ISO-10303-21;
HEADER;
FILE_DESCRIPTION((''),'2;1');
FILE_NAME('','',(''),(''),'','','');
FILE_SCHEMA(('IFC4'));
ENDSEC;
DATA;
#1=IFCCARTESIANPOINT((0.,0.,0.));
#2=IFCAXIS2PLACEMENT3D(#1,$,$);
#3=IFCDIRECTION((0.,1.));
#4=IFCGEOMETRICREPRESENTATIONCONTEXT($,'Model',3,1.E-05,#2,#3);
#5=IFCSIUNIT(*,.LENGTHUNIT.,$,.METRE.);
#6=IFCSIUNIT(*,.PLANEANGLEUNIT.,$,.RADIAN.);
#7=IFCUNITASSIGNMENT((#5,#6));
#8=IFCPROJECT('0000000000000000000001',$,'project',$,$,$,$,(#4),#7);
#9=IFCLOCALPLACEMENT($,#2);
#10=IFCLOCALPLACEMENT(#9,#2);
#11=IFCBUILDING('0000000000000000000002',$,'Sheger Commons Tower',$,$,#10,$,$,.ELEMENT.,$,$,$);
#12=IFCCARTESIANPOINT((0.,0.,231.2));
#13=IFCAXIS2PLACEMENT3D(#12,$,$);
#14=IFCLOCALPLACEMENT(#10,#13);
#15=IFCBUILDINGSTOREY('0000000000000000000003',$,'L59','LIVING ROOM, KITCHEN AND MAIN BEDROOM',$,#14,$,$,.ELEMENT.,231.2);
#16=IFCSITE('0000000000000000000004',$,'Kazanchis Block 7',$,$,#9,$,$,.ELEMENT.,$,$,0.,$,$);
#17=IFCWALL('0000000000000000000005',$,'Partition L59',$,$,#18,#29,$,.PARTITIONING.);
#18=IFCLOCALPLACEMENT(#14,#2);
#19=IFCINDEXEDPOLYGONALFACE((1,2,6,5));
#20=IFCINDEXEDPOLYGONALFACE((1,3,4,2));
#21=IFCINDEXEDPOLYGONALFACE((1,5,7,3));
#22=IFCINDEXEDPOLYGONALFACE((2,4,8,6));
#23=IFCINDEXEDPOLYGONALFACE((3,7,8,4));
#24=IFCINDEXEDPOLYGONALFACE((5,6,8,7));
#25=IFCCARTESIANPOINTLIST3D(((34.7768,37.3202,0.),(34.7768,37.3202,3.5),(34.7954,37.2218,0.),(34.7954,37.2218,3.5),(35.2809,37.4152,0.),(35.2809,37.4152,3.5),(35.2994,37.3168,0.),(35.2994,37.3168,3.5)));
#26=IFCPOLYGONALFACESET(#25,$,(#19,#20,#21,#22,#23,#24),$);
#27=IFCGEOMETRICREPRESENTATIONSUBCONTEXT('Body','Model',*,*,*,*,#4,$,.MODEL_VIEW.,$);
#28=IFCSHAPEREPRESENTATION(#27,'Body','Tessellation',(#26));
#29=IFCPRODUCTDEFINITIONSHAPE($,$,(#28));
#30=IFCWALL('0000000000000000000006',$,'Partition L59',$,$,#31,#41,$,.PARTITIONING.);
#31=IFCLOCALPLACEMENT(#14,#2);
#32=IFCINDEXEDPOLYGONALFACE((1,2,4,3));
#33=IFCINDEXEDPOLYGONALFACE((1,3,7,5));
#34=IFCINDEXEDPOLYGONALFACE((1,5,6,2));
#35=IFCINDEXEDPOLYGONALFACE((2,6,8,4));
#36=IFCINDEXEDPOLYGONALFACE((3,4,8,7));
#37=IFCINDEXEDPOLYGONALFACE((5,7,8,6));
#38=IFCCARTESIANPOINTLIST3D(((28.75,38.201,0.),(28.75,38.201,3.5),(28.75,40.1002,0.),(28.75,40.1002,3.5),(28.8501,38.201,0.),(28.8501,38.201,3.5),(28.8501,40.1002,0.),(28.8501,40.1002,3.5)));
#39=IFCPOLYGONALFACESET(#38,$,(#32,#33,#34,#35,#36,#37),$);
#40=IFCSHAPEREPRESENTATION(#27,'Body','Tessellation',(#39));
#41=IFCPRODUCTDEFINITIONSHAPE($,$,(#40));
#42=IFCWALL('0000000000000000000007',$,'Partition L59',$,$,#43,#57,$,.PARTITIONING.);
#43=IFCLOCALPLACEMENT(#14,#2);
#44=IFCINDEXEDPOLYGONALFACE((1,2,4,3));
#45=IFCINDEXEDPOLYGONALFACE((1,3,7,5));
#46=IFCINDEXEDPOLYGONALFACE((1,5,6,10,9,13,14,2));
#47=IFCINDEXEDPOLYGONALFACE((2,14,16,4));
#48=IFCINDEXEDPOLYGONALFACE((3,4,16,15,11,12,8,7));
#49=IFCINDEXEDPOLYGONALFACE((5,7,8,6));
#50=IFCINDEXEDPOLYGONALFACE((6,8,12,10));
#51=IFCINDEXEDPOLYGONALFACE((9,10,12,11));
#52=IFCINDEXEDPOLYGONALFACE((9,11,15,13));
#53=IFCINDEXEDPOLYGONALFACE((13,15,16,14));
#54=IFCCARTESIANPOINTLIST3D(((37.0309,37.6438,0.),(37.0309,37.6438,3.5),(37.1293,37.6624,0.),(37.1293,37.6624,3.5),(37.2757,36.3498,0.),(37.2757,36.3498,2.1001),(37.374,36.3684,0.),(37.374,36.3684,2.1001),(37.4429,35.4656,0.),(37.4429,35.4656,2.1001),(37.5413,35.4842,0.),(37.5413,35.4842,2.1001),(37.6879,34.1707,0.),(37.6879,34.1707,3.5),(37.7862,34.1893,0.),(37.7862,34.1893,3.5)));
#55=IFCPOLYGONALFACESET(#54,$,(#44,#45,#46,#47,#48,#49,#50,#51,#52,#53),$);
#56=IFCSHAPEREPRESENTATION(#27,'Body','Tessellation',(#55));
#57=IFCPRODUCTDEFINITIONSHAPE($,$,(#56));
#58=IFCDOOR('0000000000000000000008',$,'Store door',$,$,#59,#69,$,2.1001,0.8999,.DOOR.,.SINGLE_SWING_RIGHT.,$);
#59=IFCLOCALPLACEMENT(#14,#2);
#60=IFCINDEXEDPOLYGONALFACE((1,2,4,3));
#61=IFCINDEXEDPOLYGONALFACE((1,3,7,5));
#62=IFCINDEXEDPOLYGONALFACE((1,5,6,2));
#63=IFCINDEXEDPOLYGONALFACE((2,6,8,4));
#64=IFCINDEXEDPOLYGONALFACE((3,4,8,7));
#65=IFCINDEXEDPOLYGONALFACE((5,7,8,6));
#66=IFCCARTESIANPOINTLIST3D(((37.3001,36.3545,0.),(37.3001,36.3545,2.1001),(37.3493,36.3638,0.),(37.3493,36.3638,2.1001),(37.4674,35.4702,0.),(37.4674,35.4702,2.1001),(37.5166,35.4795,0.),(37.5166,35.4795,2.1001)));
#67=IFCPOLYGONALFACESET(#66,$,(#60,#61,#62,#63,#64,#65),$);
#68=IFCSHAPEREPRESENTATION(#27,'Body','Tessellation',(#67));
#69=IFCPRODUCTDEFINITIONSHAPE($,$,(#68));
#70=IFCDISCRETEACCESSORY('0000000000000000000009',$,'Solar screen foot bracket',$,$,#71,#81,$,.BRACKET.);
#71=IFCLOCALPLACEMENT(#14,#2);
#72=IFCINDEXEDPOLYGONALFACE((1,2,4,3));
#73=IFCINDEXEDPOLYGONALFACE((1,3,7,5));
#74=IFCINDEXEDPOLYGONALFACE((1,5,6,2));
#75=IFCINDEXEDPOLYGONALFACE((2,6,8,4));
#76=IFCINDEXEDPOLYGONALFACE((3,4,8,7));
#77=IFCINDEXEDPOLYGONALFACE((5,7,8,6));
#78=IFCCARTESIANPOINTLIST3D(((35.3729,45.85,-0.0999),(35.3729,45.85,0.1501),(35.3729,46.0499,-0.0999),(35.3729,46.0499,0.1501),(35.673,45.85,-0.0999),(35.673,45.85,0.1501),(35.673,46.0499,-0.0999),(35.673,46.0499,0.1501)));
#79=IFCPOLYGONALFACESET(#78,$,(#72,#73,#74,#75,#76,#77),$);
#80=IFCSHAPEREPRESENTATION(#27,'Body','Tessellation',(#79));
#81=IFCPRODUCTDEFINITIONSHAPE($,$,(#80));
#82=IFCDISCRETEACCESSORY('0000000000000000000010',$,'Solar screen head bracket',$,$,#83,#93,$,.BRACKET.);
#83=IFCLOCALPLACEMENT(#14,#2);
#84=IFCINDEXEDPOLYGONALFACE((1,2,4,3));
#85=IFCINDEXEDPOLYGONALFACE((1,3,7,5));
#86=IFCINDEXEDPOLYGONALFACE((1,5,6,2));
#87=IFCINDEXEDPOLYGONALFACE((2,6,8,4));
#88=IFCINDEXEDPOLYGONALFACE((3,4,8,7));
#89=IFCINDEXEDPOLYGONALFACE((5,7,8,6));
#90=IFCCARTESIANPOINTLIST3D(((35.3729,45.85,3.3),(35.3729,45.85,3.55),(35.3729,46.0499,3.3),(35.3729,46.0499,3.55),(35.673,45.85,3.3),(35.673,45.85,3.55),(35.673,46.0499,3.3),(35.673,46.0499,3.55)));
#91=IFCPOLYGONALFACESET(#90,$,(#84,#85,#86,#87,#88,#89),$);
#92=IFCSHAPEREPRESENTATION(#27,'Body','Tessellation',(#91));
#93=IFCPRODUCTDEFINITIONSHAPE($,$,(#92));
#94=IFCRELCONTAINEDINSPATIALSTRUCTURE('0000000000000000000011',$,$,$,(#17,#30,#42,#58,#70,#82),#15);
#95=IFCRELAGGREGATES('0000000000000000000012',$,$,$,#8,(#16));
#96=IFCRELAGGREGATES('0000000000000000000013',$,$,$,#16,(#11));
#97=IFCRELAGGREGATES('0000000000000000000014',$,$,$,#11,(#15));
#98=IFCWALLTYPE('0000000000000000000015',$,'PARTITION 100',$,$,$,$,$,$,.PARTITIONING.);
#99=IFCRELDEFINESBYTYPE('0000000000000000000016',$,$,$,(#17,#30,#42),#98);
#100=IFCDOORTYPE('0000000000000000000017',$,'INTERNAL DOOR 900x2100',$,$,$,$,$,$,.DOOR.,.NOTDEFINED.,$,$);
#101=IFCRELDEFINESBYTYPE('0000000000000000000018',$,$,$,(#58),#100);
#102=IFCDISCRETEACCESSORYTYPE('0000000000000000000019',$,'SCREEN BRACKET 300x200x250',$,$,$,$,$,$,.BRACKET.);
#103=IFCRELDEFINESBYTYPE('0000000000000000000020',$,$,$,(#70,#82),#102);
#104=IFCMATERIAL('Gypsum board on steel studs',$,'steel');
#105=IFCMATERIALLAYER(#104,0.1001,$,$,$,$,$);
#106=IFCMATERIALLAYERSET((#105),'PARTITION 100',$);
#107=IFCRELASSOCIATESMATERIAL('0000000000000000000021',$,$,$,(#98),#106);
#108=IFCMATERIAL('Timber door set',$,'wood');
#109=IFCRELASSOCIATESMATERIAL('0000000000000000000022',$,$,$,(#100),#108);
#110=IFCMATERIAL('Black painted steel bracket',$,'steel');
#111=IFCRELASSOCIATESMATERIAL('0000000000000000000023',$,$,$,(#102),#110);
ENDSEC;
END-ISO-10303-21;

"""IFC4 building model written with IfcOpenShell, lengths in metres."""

from ifc_helpers import new_model, si_unit, direction, frame, frame_2d, origin, origin_2d, place, context, subcontext, project, spatial, rectangle, extrude, material, layer, layer_set, type_object, element, fill, save


model = new_model("IFC4")

# Units and contexts
model_context = context("Model", 3, precision=1e-05, world=origin(), true_north=direction((0.0, 1.0)))
body_context = subcontext(model_context, "Body", "Model", "MODEL_VIEW")
ifc_project = project(units=[si_unit("LENGTHUNIT", "METRE"), si_unit("PLANEANGLEUNIT", "RADIAN")], contexts=[model_context])

# Site, building, storey
site_placement = place(None, origin())
site = spatial("IfcSite", under=ifc_project, at=site_placement, Name="Kazanchis Block 7", CompositionType="ELEMENT", RefElevation=0.0)
building_placement = place(site_placement, origin())
building = spatial("IfcBuilding", under=site, at=building_placement, Name="Sheger Commons Tower", CompositionType="ELEMENT")
storey_placement = place(building_placement, frame((0.0, 0.0, 231.2)))
storey = spatial("IfcBuildingStorey", under=building, at=storey_placement, Name="L59", Description="LIVING ROOM, KITCHEN AND MAIN BEDROOM", CompositionType="ELEMENT", Elevation=231.2)

# Shared definitions
ifc_material_1 = material(Name="Gypsum board on steel studs", Category="steel")
ifc_layer_1 = layer(ifc_material_1, 0.1001)
ifc_layer_set_1 = layer_set([ifc_layer_1], Name="PARTITION 100")
wall_type_1 = type_object("IfcWallType", Name="PARTITION 100", PredefinedType="PARTITIONING", material=ifc_layer_set_1)

# Shared definitions
ifc_material_2 = material(Name="Timber door set", Category="wood")
door_type_1 = type_object("IfcDoorType", Name="INTERNAL DOOR 900x2100", OperationType="NOTDEFINED", PredefinedType="DOOR", material=ifc_material_2)

# Walls
wall_1_placement = place(storey_placement, frame((35.29, 37.366, 0.0), z_axis=(0.0, 0.0, 1.0), x_axis=(-0.982716, -0.185122, 0.0)))
element("IfcWall", 1, at=wall_1_placement, inside=storey, type_object=wall_type_1, Name="Partition L59", PredefinedType="PARTITIONING", context=body_context, shape_type="SweptSolid", body=[
    extrude(rectangle(XDim=0.5129, YDim=0.1001, at=frame_2d((0.2563, 0.0))), origin(), (0.0, 0.0, 1.0), 3.5),
])
wall_2_placement = place(storey_placement, frame((28.8, 38.2009, 0.0), z_axis=(0.0, 0.0, 1.0), x_axis=(0.0, 1.0, 0.0)))
element("IfcWall", 2, at=wall_2_placement, inside=storey, type_object=wall_type_1, Name="Partition L59", PredefinedType="PARTITIONING", context=body_context, shape_type="SweptSolid", body=[
    extrude(rectangle(XDim=1.8992, YDim=0.1001, at=frame_2d((0.9497, 0.0))), origin(), (0.0, 0.0, 1.0), 3.5),
])

# Wall, opening, door
wall_3_placement = place(storey_placement, frame((37.0801, 37.6531, 0.0), z_axis=(0.0, 0.0, 1.0), x_axis=(0.185865, -0.982575, 0.0)))
wall_3 = element("IfcWall", 3, at=wall_3_placement, inside=storey, type_object=wall_type_1, Name="Partition L59", PredefinedType="PARTITIONING", context=body_context, shape_type="SweptSolid", body=[
    extrude(rectangle(XDim=3.5347, YDim=0.1001, at=frame_2d((1.7673, 0.0))), origin(), (0.0, 0.0, 1.0), 3.5),
])
opening_1_placement = place(wall_3_placement, frame((1.3169, 0.0, 0.0)))
opening_1 = element("IfcOpeningElement", 4, at=opening_1_placement, cuts=wall_3, PredefinedType="OPENING", context=body_context, shape_type="SweptSolid", body=[
    extrude(rectangle(XDim=0.8999, YDim=2.1001, at=frame_2d((0.45, 1.05))), frame((0.0, 0.0601, 0.0), z_axis=(0.0, -1.0, 0.0), x_axis=(1.0, 0.0, 0.0)), (0.0, 0.0, 1.0), 0.1201),
])
door_1_placement = place(opening_1_placement, origin())
door_1 = element("IfcDoor", 5, at=door_1_placement, inside=storey, type_object=door_type_1, Name="Store door", OperationType="SINGLE_SWING_RIGHT", OverallHeight=2.1001, OverallWidth=0.8999, PredefinedType="DOOR", context=body_context, shape_type="SweptSolid", body=[
    extrude(rectangle(XDim=0.8999, YDim=2.1001, at=frame_2d((0.45, 1.05))), frame((0.0, 0.0249, 0.0), z_axis=(0.0, -1.0, 0.0), x_axis=(1.0, 0.0, 0.0)), (0.0, 0.0, 1.0), 0.05),
])
fill(opening_1, door_1)

# Discrete accessories
ifc_material_3 = material(Name="Black painted steel bracket", Category="steel")
discrete_accessory_type = type_object("IfcDiscreteAccessoryType", Name="SCREEN BRACKET 300x200x250", PredefinedType="BRACKET", material=ifc_material_3)
for number, where, z_axis, x_axis, name in (
    (6, (35.5229, 45.95, -0.0999), (0.0, 0.0, 1.0), (-1.0, 0.0, 0.0), "Solar screen foot bracket"),
    (7, (35.5229, 45.95, 3.3), (0.0, 0.0, 1.0), (-1.0, 0.0, 0.0), "Solar screen head bracket"),
):
    element("IfcDiscreteAccessory", number, at=place(storey_placement, frame(where, z_axis=z_axis, x_axis=x_axis)), inside=storey, type_object=discrete_accessory_type, Name=name, PredefinedType="BRACKET", context=body_context, shape_type="SweptSolid", body=[
        extrude(rectangle(XDim=0.3, YDim=0.2, at=origin_2d()), origin(), (0.0, 0.0, 1.0), 0.25),
    ])

save(model, "model.ifc")
